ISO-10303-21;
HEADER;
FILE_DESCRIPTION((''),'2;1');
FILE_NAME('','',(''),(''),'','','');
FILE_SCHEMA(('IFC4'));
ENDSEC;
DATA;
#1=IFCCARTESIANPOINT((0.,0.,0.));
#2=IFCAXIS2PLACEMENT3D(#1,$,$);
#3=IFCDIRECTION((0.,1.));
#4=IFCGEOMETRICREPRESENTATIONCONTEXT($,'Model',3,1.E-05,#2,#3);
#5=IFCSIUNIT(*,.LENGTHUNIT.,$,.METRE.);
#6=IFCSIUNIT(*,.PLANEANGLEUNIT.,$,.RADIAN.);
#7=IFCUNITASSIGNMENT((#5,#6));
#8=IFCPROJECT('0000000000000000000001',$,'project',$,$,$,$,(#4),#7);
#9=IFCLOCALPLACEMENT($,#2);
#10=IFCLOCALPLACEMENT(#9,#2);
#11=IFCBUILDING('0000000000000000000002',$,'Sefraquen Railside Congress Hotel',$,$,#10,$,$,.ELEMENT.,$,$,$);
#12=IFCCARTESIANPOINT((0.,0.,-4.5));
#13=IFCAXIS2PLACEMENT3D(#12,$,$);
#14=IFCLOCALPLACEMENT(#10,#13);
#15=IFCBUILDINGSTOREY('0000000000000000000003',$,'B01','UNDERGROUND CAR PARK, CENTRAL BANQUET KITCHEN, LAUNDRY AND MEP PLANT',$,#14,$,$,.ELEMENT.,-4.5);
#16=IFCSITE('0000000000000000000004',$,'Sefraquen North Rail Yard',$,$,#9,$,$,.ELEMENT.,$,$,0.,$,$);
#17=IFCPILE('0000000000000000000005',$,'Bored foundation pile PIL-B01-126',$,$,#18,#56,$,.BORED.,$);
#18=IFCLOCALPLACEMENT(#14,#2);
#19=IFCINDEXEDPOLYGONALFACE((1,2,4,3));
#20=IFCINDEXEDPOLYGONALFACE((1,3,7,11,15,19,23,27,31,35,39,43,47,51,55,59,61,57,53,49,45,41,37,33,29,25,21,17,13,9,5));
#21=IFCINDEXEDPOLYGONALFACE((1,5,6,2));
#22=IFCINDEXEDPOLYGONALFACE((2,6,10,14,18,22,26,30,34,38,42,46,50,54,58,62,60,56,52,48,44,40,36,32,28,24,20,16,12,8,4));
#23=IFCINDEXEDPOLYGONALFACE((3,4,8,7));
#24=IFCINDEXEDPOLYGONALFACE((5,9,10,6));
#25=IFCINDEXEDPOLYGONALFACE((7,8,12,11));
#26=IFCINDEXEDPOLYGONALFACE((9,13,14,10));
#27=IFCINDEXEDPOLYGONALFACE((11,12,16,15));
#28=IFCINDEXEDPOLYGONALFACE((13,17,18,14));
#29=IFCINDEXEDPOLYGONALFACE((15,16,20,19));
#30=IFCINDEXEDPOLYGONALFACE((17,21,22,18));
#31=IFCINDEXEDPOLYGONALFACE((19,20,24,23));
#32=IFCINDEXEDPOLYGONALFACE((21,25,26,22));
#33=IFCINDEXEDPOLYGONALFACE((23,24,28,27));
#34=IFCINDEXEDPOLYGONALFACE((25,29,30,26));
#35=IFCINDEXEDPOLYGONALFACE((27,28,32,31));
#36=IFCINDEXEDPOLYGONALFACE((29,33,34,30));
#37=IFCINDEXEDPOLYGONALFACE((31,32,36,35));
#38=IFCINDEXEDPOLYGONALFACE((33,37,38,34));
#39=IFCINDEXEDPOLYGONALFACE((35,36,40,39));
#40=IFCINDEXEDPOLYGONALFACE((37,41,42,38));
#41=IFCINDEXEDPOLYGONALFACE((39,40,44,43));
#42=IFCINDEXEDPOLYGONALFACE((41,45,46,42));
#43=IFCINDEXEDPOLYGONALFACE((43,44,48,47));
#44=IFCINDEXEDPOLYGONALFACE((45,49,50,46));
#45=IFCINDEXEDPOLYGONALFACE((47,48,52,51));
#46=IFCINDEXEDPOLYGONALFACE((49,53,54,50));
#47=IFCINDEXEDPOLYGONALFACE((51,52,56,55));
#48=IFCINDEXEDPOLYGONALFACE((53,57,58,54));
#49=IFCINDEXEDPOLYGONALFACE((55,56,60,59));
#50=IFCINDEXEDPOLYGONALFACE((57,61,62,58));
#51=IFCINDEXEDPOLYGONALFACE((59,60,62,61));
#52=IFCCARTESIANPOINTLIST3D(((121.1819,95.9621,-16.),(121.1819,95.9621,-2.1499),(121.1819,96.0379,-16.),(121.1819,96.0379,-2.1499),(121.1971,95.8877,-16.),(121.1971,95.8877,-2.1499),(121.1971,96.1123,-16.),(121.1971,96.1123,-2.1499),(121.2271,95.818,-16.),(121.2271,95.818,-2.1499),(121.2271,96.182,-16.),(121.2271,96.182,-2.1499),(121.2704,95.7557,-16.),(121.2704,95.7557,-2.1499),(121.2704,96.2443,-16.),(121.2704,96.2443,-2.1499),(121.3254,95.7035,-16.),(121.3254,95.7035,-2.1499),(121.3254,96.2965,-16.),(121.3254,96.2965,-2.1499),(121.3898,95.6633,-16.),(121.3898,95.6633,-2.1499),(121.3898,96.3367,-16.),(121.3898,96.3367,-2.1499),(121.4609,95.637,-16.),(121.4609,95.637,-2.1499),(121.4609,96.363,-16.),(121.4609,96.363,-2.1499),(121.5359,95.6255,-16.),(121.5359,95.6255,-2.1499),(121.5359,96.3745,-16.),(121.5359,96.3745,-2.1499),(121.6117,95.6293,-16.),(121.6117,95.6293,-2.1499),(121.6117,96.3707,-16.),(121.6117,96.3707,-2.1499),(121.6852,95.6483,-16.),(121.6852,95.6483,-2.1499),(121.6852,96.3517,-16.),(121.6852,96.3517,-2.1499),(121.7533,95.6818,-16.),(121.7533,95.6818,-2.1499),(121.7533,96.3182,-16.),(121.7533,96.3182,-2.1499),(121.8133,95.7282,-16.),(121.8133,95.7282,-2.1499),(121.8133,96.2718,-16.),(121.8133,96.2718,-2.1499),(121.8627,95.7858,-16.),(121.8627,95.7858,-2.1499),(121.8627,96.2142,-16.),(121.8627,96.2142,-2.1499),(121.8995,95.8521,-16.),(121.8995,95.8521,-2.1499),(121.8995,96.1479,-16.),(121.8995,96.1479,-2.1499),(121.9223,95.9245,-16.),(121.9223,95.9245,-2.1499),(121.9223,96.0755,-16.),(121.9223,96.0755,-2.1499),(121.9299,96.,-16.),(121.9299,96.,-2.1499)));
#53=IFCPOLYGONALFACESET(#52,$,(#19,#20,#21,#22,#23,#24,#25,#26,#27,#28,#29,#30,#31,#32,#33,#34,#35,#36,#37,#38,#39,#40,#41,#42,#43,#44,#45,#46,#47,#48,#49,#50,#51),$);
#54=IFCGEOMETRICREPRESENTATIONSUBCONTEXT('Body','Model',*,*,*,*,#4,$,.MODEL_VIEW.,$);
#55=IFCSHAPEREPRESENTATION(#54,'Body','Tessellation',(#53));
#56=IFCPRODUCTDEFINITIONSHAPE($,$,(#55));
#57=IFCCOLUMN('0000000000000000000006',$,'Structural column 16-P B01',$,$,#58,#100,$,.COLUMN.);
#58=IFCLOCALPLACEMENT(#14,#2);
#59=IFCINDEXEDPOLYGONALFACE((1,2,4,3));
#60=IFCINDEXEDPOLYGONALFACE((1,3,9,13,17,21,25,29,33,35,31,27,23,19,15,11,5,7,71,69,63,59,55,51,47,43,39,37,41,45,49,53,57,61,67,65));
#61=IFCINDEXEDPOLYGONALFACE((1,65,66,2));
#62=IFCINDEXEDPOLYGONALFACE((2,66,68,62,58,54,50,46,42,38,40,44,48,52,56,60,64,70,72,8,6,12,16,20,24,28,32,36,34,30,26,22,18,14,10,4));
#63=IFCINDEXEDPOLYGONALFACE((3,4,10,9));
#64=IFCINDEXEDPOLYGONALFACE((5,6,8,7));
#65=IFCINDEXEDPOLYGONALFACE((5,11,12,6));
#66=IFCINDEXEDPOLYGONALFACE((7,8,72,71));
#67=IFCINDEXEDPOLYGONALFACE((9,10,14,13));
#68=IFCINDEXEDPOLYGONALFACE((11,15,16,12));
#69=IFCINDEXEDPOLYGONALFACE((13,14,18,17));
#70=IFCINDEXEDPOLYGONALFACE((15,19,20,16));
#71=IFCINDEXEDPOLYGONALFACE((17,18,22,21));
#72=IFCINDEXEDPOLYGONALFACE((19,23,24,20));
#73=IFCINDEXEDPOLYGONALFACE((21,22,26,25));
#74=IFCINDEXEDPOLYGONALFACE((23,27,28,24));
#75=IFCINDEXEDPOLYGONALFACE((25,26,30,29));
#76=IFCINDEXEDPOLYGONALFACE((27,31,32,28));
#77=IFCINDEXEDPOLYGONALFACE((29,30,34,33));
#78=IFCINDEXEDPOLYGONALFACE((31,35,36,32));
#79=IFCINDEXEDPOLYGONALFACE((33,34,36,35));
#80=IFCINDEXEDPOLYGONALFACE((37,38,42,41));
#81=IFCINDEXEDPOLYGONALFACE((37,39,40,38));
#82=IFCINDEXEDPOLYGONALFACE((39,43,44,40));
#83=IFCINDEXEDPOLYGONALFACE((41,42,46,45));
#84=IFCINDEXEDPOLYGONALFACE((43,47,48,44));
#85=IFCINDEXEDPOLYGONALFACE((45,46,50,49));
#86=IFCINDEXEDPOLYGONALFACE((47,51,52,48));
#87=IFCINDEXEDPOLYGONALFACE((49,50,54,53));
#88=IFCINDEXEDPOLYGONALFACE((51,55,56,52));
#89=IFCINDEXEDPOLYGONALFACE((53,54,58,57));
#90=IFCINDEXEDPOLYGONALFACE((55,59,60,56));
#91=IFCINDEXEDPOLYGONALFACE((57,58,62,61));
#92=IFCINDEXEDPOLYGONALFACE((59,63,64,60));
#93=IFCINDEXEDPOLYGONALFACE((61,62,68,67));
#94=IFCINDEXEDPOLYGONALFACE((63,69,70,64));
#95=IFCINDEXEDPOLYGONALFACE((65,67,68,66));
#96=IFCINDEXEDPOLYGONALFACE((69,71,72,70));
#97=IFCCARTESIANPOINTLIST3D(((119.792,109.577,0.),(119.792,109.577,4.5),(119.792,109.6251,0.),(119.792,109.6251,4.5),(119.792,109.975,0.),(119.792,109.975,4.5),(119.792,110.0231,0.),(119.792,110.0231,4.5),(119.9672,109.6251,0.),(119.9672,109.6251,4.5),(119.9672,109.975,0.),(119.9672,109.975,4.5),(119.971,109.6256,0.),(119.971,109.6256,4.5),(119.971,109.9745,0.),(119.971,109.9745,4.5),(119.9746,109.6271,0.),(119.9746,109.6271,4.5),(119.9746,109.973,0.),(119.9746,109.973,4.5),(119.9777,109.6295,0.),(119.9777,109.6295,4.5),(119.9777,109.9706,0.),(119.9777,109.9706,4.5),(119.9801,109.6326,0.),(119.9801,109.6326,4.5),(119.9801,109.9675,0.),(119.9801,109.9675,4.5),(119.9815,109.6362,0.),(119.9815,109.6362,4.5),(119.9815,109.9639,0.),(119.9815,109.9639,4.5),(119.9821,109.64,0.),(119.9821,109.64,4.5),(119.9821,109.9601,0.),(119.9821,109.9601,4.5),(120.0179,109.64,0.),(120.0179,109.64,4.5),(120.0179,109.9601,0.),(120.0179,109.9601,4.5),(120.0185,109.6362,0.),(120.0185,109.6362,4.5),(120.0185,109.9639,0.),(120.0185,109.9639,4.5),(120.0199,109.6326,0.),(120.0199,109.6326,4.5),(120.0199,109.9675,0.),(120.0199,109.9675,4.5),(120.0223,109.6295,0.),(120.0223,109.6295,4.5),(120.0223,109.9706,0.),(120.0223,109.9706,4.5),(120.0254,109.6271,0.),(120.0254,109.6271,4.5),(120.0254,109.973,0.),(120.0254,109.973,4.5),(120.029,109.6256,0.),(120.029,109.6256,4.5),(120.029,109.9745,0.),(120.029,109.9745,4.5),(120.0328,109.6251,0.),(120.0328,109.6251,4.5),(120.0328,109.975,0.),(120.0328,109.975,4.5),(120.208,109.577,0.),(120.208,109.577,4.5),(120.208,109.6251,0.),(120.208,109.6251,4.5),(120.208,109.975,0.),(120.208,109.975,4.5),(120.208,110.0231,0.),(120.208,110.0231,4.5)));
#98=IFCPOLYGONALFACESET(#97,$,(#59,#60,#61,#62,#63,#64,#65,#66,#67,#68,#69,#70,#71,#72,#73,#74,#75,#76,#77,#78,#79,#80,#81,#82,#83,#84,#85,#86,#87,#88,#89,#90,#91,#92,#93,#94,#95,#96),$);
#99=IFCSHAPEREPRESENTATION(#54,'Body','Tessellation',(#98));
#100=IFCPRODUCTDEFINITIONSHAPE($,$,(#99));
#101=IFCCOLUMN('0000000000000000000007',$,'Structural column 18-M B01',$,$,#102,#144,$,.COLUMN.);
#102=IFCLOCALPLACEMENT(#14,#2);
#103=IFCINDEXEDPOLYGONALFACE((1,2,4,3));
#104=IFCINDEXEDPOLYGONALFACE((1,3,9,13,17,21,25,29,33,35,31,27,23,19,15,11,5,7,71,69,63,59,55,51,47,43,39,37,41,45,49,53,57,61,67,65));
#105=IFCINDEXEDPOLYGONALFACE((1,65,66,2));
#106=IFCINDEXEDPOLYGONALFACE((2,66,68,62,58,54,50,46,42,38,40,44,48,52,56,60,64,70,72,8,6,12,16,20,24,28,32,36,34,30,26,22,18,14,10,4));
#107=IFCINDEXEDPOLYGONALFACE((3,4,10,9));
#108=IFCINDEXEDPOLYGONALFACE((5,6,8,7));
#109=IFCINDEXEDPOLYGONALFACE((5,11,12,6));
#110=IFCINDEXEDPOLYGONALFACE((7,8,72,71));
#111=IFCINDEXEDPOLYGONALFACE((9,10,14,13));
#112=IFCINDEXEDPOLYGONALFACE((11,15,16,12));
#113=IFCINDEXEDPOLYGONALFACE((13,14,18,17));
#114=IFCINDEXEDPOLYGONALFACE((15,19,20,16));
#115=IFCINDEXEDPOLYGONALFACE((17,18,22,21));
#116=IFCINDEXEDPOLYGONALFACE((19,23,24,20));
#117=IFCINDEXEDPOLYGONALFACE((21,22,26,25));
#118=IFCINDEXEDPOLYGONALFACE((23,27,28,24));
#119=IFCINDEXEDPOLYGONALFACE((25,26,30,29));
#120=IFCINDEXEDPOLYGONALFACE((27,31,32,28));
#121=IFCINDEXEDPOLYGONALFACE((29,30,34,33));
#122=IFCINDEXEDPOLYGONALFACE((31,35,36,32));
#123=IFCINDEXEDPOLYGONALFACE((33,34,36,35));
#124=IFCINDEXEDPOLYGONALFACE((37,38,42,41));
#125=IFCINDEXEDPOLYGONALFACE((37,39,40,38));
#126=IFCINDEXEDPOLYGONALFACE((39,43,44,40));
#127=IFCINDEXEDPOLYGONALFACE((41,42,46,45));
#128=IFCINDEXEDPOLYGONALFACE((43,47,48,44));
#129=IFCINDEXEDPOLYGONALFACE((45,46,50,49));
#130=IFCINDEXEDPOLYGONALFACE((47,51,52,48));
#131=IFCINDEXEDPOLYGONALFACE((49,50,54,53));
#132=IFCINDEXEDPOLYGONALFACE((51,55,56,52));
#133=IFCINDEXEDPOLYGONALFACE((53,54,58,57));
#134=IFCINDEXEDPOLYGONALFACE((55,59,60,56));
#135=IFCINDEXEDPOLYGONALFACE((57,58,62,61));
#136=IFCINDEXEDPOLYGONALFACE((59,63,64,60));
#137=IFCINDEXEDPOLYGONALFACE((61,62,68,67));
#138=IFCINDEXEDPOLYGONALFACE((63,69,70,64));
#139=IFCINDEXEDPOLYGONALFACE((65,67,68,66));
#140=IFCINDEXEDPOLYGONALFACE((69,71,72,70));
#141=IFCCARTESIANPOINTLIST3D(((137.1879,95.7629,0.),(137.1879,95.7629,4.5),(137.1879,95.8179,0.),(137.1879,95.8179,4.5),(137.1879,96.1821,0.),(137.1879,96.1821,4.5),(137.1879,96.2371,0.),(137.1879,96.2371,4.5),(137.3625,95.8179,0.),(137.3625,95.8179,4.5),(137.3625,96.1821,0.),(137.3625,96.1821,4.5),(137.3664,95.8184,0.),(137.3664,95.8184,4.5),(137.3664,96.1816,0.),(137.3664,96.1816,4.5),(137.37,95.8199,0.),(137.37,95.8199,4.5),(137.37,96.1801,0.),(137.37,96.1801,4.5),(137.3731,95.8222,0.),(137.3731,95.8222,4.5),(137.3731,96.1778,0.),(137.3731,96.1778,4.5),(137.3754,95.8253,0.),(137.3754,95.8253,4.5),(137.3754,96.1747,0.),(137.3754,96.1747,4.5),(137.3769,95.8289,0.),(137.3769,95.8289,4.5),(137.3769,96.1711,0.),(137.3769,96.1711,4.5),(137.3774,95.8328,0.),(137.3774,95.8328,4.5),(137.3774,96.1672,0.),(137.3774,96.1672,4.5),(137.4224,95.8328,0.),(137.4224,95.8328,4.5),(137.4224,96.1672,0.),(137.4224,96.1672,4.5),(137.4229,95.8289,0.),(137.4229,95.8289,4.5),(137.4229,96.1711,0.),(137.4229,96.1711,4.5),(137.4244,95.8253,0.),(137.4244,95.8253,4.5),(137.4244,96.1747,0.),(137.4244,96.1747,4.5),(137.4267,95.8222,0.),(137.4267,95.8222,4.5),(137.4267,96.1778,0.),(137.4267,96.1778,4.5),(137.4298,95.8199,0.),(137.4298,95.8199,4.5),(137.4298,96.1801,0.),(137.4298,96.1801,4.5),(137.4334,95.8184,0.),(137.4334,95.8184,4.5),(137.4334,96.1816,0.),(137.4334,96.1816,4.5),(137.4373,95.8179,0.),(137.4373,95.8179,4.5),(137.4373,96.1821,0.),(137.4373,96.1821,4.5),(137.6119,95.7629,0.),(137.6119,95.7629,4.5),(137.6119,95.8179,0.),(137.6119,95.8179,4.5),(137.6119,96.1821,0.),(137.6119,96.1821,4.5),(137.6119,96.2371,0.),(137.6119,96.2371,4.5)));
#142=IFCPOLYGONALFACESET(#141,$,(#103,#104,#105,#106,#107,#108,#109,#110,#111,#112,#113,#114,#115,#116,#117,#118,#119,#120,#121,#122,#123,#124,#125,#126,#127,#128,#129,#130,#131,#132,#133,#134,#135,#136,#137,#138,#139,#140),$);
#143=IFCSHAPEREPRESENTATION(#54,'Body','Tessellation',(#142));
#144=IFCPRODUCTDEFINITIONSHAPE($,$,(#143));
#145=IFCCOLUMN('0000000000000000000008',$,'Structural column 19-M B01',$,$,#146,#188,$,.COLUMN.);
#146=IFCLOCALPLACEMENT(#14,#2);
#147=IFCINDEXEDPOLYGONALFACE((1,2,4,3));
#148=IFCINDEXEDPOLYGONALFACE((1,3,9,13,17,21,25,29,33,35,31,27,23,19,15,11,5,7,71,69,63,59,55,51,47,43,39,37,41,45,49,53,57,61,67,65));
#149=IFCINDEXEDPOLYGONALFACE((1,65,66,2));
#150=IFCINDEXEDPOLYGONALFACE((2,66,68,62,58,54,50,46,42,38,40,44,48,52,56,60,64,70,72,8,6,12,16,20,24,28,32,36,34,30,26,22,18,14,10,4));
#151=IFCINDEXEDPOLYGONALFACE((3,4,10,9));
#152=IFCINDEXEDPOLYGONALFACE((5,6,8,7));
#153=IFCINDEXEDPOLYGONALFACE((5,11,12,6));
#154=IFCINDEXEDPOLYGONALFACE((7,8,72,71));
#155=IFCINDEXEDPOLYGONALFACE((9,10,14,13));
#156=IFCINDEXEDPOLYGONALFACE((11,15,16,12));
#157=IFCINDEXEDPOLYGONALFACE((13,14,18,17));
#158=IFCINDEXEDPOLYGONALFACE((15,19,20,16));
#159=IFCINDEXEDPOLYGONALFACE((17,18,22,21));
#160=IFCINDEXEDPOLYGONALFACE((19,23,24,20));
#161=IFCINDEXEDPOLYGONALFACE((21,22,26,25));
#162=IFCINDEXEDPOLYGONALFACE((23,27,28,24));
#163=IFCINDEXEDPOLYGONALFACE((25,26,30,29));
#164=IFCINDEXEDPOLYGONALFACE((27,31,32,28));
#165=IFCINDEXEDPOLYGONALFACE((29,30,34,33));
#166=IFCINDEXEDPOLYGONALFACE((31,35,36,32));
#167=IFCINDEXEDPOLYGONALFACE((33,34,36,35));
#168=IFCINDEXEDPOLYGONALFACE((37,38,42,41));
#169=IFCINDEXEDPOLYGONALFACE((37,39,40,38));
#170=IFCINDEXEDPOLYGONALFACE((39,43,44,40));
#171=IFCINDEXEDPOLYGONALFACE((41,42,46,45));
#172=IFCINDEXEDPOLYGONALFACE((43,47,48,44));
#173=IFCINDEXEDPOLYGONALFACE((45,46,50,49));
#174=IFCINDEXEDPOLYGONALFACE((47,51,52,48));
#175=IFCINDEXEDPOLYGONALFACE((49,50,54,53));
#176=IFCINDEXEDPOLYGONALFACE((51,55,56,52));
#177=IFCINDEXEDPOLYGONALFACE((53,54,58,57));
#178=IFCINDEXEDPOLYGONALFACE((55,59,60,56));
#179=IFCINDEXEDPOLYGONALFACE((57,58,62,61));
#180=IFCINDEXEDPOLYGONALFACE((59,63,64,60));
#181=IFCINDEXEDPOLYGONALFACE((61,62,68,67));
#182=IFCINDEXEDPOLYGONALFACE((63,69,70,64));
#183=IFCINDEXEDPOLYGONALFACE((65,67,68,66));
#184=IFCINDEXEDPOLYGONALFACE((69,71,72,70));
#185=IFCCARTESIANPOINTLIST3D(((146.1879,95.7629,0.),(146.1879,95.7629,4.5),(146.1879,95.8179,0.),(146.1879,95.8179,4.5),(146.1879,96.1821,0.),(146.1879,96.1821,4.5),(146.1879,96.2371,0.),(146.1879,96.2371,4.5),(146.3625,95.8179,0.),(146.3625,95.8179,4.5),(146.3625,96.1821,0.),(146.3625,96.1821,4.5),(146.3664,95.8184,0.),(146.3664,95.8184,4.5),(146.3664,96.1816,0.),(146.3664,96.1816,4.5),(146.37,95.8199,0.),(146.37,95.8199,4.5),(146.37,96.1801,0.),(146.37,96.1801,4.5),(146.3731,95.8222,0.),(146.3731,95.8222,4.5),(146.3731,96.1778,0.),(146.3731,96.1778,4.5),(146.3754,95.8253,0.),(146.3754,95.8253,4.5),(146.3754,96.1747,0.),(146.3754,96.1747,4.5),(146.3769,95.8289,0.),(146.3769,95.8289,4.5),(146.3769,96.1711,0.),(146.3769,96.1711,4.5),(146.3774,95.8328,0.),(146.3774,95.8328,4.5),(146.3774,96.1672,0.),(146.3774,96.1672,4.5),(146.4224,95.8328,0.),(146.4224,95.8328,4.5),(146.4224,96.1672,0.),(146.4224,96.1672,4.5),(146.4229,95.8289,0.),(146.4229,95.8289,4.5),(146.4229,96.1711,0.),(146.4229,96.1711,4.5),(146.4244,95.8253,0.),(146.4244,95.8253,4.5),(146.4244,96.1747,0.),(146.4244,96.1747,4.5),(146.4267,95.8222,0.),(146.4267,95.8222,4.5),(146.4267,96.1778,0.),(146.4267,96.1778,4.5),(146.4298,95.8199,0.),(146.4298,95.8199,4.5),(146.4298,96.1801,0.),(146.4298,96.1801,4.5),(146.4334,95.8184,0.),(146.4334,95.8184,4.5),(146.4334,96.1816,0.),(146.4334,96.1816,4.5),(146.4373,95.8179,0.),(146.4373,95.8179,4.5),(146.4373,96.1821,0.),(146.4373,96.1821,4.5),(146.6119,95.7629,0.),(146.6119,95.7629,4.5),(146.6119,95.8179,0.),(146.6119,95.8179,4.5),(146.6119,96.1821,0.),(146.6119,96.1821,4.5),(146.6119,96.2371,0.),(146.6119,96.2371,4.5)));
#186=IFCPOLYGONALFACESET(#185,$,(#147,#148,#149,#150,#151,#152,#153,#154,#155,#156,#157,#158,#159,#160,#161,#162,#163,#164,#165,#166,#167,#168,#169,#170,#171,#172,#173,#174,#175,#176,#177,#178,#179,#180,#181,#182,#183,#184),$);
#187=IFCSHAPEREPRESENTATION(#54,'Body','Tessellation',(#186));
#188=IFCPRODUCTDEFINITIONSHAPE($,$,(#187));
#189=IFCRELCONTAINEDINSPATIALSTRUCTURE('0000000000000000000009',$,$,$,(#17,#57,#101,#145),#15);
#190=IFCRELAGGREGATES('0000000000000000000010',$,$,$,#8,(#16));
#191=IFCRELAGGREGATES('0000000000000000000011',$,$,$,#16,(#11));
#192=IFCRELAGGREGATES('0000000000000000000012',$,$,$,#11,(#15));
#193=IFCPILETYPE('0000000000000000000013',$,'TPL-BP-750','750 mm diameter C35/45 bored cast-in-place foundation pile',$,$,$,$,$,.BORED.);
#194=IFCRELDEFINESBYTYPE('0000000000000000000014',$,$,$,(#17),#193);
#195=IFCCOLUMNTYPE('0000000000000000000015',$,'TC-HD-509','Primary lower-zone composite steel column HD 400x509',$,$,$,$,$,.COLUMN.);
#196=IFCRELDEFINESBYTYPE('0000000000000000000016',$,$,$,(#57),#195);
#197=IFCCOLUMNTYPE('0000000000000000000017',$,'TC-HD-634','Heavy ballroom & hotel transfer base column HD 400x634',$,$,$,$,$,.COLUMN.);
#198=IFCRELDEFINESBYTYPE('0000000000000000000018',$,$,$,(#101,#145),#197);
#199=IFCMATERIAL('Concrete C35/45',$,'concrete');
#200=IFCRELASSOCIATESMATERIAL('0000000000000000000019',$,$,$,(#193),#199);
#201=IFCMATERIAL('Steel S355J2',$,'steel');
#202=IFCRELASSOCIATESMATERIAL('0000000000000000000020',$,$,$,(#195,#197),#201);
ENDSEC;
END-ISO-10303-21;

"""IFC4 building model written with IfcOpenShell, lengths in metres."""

from ifc_helpers import new_model, si_unit, direction, frame, origin, origin_2d, place, context, subcontext, project, spatial, circle, i_section, extrude, material, material_profile, profile_set, type_object, element, save


model = new_model("IFC4")

# Units and contexts
model_context = context("Model", 3, precision=1e-05, world=origin(), true_north=direction((0.0, 1.0)))
body_context = subcontext(model_context, "Body", "Model", "MODEL_VIEW")
ifc_project = project(units=[si_unit("LENGTHUNIT", "METRE"), si_unit("PLANEANGLEUNIT", "RADIAN")], contexts=[model_context])

# Site, building, storey
site_placement = place(None, origin())
site = spatial("IfcSite", under=ifc_project, at=site_placement, Name="Sefraquen North Rail Yard", CompositionType="ELEMENT", RefElevation=0.0)
building_placement = place(site_placement, origin())
building = spatial("IfcBuilding", under=site, at=building_placement, Name="Sefraquen Railside Congress Hotel", CompositionType="ELEMENT")
storey_placement = place(building_placement, frame((0.0, 0.0, -4.5)))
storey = spatial("IfcBuildingStorey", under=building, at=storey_placement, Name="B01", Description="UNDERGROUND CAR PARK, CENTRAL BANQUET KITCHEN, LAUNDRY AND MEP PLANT", CompositionType="ELEMENT", Elevation=-4.5)

# Pile
ifc_material_1 = material(Name="Concrete C35/45", Category="concrete")
ifc_material_profile_1 = material_profile(ifc_material_1, circle(Radius=0.375, at=origin_2d()), Name="BORED PILE 750")
ifc_profile_set_1 = profile_set([ifc_material_profile_1], Name="Concrete C35/45")
pile_type_1 = type_object("IfcPileType", Name="TPL-BP-750", Description="750 mm diameter C35/45 bored cast-in-place foundation pile", PredefinedType="BORED", material=ifc_profile_set_1)
pile_1_placement = place(storey_placement, frame((121.5549, 96.0, -2.1499), z_axis=(0.0, 0.0, -1.0), x_axis=(1.0, 0.0, 0.0)))
element("IfcPile", 1, at=pile_1_placement, inside=storey, type_object=pile_type_1, Name="Bored foundation pile PIL-B01-126", PredefinedType="BORED", context=body_context, shape_type="SweptSolid", body=[
    extrude(circle(Radius=0.375, at=origin_2d()), origin(), (0.0, 0.0, 1.0), 13.8501),
])

# Columns
ifc_material_2 = material(Name="Steel S355J2", Category="steel")
ifc_material_profile_2 = material_profile(ifc_material_2, i_section(OverallWidth=0.416, OverallDepth=0.446, WebThickness=0.0359, FlangeThickness=0.0481, FilletRadius=0.0149, at=origin_2d()), Name="HD 400x509")
ifc_profile_set_2 = profile_set([ifc_material_profile_2], Name="Steel S355J2")
column_type_1 = type_object("IfcColumnType", Name="TC-HD-509", Description="Primary lower-zone composite steel column HD 400x509", PredefinedType="COLUMN", material=ifc_profile_set_2)
column_1_placement = place(storey_placement, frame((120.0, 109.8, 0.0), z_axis=(0.0, 0.0, 1.0), x_axis=(1.0, 0.0, 0.0)))
element("IfcColumn", 2, at=column_1_placement, inside=storey, type_object=column_type_1, Name="Structural column 16-P B01", PredefinedType="COLUMN", context=body_context, shape_type="SweptSolid", body=[
    extrude(i_section(OverallWidth=0.416, OverallDepth=0.446, WebThickness=0.0359, FlangeThickness=0.0481, FilletRadius=0.0149, at=origin_2d()), origin(), (0.0, 0.0, 1.0), 4.5),
])
ifc_material_profile_3 = material_profile(ifc_material_2, i_section(OverallWidth=0.4241, OverallDepth=0.4741, WebThickness=0.0449, FlangeThickness=0.0549, FilletRadius=0.0149, at=origin_2d()), Name="HD 400x634")
ifc_profile_set_3 = profile_set([ifc_material_profile_3], Name="Steel S355J2")
column_type_2 = type_object("IfcColumnType", Name="TC-HD-634", Description="Heavy ballroom & hotel transfer base column HD 400x634", PredefinedType="COLUMN", material=ifc_profile_set_3)
for number, where, z_axis, x_axis, name in (
    (3, (137.3999, 96.0, 0.0), (0.0, 0.0, 1.0), (1.0, 0.0, 0.0), "Structural column 18-M B01"),
    (4, (146.3999, 96.0, 0.0), (0.0, 0.0, 1.0), (1.0, 0.0, 0.0), "Structural column 19-M B01"),
):
    element("IfcColumn", number, at=place(storey_placement, frame(where, z_axis=z_axis, x_axis=x_axis)), inside=storey, type_object=column_type_2, Name=name, PredefinedType="COLUMN", context=body_context, shape_type="SweptSolid", body=[
        extrude(i_section(OverallWidth=0.4241, OverallDepth=0.4741, WebThickness=0.0449, FlangeThickness=0.0549, FilletRadius=0.0149, at=origin_2d()), origin(), (0.0, 0.0, 1.0), 4.5),
    ])

save(model, "model.ifc")
